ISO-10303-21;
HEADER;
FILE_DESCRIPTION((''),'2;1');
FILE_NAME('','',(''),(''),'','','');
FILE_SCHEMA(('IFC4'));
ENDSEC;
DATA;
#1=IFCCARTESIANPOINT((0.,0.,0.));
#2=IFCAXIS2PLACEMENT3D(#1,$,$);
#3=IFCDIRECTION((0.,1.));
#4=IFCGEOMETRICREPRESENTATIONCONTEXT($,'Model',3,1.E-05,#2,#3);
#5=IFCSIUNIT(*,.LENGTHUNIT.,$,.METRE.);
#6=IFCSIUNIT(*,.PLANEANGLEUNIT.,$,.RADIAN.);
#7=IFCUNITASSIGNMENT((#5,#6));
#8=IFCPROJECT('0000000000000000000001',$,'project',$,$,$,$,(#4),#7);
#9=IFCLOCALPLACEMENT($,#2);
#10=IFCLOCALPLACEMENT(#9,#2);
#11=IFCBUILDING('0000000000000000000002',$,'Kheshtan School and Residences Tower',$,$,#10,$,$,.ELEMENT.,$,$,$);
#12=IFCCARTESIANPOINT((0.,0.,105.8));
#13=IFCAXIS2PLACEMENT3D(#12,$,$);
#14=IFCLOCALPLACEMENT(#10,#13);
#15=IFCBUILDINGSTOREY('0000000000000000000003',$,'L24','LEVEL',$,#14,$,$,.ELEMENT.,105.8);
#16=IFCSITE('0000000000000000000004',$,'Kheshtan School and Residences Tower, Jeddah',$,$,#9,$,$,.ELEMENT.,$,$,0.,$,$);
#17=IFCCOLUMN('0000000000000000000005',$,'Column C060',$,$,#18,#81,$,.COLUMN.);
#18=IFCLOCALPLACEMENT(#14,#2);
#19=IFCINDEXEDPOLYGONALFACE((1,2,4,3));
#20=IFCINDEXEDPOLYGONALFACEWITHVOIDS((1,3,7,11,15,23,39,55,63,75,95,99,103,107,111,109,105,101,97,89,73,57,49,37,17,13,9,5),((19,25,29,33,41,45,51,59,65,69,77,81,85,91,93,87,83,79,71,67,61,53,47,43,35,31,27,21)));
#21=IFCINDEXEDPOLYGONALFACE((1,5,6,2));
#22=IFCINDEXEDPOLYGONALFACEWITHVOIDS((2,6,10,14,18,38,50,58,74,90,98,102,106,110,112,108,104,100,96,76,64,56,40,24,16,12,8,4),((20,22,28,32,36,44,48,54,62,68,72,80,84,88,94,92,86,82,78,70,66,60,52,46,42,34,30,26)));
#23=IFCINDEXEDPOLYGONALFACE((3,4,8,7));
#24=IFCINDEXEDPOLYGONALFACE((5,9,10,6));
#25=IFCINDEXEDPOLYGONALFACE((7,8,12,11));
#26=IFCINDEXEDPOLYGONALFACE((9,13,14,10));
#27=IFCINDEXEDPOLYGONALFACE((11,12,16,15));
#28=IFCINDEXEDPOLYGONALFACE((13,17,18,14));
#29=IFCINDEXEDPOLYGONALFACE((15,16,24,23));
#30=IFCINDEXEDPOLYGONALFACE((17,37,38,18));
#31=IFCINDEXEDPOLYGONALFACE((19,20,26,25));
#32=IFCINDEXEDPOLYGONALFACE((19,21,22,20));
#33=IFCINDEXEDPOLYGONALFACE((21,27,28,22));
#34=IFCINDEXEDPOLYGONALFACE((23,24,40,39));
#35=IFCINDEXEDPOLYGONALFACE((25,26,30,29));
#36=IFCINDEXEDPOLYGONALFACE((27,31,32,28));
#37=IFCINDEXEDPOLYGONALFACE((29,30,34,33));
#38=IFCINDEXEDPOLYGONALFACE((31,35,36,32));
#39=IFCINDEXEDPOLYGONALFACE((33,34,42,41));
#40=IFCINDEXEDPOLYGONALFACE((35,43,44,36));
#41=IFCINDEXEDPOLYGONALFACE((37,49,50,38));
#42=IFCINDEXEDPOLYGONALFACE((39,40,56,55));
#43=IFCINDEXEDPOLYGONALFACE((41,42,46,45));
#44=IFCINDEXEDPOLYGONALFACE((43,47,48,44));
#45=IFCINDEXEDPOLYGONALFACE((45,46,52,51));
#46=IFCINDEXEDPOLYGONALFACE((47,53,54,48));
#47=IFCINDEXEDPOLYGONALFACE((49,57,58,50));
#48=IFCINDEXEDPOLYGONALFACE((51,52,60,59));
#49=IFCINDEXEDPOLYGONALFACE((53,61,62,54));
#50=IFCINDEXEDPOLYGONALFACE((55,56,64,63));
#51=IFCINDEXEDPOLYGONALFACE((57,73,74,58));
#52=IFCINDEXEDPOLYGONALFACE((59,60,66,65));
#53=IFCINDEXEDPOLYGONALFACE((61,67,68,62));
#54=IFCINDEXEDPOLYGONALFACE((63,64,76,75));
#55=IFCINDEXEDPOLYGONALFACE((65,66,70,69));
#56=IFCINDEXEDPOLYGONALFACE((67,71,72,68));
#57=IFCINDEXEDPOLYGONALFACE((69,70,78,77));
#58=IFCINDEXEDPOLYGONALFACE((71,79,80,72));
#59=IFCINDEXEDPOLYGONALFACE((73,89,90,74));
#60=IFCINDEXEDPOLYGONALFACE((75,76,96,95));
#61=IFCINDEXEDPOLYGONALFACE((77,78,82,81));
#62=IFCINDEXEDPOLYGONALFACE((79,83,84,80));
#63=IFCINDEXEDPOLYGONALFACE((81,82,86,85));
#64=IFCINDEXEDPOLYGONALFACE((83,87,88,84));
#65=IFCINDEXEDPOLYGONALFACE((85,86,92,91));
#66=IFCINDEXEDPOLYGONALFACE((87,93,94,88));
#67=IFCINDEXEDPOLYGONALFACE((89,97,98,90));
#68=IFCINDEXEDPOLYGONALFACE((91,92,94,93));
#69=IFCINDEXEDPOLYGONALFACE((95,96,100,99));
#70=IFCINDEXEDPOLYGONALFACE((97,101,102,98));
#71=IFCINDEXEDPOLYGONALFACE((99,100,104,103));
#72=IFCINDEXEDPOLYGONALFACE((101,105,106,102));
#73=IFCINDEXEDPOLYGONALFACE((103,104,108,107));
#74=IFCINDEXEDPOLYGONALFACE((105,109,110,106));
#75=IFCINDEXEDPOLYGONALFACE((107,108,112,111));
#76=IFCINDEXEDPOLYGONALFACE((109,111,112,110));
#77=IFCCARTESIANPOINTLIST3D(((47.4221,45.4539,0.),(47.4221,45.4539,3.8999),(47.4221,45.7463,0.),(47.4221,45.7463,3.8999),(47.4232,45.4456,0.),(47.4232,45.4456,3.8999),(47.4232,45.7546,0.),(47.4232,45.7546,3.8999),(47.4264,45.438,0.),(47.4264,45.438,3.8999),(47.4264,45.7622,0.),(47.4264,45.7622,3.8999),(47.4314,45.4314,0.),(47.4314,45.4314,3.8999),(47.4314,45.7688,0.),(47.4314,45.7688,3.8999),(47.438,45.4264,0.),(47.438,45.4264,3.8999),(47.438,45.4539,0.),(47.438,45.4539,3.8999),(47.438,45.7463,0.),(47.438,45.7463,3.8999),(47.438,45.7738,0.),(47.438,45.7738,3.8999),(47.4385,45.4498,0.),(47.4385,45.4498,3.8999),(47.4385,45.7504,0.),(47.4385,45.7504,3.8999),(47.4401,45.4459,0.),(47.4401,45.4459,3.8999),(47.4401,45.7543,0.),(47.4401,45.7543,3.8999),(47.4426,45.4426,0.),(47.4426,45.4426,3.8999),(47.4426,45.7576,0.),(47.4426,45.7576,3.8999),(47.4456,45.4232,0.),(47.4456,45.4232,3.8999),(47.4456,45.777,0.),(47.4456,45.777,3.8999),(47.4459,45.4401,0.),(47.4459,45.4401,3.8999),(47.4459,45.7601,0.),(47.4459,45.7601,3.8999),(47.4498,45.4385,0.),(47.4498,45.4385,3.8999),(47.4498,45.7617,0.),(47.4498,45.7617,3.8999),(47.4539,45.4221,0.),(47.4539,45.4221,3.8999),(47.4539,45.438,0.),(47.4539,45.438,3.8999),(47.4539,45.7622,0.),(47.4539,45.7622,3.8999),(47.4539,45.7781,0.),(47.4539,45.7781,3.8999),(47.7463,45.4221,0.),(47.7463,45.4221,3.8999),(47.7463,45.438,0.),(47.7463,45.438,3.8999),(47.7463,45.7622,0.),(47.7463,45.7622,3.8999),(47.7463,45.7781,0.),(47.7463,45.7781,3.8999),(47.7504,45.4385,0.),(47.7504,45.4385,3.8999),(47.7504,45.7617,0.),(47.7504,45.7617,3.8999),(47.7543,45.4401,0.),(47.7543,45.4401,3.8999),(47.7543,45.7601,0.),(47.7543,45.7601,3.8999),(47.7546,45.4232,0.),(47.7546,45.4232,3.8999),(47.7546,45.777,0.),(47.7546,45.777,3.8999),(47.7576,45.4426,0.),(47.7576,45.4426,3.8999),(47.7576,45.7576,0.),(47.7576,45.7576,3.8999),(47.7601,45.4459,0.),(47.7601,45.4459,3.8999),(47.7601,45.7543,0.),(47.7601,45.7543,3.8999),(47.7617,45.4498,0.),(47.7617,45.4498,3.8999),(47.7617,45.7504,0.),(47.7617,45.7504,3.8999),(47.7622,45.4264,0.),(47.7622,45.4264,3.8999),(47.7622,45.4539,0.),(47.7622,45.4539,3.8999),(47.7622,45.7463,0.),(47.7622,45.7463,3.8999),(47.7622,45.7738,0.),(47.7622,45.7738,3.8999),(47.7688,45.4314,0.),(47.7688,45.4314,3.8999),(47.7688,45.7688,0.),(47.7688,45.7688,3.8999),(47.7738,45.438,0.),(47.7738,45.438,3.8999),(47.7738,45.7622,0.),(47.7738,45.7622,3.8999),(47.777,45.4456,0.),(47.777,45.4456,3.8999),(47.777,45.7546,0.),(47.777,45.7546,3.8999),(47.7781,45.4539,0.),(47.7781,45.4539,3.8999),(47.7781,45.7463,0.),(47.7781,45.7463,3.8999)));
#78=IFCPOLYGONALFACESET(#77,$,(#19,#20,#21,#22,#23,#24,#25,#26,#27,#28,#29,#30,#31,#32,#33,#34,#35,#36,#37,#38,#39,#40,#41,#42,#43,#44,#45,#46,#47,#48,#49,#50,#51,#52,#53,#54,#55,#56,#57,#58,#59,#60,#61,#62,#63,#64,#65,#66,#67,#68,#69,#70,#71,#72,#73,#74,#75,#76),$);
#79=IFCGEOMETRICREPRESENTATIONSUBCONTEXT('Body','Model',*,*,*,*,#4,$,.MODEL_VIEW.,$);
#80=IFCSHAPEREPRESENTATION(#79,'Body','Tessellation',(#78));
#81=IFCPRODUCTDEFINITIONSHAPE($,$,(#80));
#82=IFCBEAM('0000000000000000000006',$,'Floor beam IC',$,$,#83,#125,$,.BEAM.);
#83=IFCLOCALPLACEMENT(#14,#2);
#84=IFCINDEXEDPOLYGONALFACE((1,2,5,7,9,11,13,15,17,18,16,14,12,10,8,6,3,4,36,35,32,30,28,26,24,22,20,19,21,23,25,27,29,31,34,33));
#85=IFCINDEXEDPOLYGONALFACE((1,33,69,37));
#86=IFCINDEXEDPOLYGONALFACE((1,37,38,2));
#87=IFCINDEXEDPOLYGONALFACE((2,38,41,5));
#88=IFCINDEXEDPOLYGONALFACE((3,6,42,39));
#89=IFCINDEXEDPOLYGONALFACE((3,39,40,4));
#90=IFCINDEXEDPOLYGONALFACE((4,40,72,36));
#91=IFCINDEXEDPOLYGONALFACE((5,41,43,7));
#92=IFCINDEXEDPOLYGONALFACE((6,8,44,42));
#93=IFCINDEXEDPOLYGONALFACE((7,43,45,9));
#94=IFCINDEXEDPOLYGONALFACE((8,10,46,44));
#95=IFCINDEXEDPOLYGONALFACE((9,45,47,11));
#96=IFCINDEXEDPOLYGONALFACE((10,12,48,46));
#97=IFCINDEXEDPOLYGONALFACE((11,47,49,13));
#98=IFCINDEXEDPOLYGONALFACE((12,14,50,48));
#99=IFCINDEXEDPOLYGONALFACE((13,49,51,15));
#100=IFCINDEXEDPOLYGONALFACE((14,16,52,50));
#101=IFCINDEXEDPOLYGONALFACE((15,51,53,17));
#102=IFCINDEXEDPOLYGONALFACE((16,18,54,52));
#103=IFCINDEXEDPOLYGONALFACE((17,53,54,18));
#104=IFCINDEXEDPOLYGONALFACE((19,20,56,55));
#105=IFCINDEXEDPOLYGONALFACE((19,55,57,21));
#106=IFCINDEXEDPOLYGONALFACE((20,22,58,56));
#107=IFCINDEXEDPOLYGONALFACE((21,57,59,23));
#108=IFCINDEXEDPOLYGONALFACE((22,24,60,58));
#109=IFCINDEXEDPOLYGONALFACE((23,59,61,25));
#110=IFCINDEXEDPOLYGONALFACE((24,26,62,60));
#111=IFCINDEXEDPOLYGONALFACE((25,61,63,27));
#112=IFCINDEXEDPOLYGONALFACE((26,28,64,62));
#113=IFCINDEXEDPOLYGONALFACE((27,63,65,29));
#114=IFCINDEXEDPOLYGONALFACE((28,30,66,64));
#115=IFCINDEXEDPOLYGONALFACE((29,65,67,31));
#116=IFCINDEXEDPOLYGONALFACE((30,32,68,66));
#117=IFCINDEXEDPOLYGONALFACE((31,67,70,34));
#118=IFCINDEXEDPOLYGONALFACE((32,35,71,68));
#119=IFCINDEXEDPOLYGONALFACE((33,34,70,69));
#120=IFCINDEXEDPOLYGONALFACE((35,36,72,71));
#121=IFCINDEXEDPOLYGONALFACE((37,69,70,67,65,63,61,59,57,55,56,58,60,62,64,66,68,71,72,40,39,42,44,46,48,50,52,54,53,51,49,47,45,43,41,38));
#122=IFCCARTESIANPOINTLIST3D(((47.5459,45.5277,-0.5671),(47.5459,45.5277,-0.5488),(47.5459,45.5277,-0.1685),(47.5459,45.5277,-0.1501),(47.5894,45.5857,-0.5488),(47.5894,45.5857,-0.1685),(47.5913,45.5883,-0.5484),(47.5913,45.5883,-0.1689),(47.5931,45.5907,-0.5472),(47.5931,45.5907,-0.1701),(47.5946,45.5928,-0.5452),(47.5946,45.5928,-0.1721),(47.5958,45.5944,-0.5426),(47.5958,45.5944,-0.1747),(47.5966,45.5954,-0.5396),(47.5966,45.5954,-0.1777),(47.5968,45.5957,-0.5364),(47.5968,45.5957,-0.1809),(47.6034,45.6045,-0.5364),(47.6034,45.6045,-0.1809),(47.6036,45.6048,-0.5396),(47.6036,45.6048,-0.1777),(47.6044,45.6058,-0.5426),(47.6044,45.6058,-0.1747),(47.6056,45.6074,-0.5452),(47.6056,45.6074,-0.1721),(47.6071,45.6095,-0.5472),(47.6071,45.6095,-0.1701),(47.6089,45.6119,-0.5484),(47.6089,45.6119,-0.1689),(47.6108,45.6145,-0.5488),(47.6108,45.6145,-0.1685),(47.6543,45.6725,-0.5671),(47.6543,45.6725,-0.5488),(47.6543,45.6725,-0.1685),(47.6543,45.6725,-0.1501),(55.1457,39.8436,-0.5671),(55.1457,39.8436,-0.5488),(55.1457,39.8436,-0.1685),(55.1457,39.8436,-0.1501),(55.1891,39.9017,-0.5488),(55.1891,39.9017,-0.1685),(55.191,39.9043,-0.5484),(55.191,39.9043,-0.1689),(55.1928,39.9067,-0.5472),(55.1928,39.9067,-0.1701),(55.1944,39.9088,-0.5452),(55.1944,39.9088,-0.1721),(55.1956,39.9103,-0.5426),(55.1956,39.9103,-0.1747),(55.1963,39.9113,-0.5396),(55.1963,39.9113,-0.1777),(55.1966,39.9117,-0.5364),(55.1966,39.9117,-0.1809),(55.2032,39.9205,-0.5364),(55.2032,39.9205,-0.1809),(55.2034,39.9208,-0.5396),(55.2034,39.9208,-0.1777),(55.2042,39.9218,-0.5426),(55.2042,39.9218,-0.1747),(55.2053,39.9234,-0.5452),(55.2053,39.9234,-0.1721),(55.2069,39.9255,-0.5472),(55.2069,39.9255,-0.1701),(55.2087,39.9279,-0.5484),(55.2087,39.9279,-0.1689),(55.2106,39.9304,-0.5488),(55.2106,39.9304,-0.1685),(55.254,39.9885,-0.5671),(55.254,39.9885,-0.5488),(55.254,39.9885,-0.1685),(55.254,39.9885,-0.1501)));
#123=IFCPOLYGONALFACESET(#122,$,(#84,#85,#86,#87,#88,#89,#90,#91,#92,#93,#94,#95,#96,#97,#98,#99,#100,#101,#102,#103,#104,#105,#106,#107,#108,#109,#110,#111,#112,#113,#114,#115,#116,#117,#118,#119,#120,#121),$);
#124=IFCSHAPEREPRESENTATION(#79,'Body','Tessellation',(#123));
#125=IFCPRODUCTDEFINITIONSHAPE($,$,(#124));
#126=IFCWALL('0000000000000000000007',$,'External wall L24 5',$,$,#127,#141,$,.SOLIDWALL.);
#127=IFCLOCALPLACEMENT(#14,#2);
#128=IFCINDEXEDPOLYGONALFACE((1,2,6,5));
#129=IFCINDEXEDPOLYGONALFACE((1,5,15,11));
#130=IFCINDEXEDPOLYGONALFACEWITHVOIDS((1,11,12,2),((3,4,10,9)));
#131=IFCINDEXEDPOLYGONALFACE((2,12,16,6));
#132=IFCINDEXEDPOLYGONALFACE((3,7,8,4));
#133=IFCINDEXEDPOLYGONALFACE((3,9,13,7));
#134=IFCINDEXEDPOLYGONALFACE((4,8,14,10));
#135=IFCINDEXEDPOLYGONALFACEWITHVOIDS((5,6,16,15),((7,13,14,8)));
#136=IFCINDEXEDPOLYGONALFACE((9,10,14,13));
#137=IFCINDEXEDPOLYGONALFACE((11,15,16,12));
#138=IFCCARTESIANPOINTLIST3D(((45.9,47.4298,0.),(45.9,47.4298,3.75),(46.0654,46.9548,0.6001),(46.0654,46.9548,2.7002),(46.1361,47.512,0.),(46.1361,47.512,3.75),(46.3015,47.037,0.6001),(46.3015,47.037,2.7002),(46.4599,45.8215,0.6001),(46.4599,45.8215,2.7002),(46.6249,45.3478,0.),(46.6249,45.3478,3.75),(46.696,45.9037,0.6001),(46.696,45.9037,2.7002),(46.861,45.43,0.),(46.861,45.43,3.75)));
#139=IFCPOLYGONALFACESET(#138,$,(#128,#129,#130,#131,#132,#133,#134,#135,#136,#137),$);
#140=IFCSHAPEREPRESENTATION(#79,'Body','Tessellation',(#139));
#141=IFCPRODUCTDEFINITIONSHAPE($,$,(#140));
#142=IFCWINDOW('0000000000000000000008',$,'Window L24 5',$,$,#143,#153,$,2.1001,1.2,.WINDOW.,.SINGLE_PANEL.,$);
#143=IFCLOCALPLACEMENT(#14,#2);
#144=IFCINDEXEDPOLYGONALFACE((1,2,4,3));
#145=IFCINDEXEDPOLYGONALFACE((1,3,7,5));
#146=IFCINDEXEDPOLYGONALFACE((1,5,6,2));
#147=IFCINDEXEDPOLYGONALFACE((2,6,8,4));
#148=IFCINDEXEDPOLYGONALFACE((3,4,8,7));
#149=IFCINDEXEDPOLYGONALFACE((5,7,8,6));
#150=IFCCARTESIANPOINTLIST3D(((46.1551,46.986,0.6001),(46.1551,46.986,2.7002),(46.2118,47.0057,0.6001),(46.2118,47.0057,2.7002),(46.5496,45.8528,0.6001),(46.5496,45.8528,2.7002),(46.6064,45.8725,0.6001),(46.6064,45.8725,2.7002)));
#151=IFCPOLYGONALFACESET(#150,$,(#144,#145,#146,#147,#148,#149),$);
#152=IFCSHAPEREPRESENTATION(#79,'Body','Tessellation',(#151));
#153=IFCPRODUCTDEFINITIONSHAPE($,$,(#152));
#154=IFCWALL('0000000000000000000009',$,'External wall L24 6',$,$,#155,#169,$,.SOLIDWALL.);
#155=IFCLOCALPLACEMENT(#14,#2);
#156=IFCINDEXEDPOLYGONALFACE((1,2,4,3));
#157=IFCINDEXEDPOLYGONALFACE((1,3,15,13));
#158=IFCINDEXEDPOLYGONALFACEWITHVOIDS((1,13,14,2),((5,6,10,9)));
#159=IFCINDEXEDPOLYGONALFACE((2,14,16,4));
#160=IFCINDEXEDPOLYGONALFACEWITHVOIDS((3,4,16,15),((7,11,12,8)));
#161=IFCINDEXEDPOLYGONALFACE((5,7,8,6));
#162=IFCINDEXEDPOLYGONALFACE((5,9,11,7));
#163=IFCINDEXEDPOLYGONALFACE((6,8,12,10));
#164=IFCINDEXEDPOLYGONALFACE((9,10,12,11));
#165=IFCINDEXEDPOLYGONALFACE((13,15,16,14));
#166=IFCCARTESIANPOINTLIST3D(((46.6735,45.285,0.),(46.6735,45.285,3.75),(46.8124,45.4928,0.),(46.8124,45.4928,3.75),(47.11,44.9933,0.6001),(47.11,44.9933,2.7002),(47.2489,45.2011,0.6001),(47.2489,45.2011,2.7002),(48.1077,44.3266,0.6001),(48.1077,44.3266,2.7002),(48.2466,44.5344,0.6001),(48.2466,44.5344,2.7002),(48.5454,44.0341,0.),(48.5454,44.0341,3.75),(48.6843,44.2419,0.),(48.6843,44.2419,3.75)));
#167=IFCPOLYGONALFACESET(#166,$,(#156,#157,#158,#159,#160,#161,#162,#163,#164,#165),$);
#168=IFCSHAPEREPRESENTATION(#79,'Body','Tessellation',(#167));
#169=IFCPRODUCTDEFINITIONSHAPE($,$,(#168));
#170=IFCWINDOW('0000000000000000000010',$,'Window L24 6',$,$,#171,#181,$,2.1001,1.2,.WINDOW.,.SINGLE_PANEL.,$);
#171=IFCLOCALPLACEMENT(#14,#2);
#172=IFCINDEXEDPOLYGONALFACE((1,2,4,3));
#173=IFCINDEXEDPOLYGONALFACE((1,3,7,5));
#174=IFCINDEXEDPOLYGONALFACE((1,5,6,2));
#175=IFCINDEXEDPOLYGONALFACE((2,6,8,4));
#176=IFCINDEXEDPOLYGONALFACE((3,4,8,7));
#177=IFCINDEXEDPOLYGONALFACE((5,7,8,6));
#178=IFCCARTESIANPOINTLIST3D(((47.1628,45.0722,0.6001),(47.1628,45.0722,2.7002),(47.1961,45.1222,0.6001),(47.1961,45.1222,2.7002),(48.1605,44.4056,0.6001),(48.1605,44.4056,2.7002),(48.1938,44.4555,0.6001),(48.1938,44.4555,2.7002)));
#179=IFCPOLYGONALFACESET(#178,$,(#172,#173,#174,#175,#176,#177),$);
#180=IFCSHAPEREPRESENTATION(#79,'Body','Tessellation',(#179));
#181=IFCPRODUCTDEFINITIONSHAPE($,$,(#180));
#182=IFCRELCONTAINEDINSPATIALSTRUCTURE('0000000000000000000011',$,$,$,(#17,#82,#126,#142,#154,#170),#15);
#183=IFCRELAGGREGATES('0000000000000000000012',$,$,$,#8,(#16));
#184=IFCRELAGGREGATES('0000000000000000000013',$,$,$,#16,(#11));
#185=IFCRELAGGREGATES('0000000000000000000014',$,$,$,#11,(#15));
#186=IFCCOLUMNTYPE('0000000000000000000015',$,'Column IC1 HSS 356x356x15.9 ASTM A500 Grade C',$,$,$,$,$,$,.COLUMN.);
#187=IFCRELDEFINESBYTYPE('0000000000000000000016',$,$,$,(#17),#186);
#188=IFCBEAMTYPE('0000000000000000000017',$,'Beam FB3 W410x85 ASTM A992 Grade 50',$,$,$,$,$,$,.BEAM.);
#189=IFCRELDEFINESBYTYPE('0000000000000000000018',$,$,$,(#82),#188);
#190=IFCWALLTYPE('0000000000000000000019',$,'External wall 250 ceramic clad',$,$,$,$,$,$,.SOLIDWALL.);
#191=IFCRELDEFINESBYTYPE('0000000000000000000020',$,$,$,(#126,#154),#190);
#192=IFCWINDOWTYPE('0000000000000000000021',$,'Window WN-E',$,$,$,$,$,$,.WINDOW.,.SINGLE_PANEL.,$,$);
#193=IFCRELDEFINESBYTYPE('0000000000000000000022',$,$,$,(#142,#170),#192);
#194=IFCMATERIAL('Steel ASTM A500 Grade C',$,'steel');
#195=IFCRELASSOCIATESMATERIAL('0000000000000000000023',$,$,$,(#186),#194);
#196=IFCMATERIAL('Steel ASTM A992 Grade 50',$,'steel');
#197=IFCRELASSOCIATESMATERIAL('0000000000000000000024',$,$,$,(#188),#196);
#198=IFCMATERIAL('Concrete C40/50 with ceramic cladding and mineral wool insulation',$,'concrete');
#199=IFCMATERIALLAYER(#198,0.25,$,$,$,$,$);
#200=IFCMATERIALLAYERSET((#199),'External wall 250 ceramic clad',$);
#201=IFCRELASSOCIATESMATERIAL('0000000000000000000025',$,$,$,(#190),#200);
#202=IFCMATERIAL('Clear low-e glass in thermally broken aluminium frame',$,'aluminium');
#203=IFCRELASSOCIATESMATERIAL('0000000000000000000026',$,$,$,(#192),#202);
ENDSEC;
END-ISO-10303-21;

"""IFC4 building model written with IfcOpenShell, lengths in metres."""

from ifc_helpers import new_model, si_unit, direction, frame, frame_2d, origin, origin_2d, place, context, subcontext, project, spatial, rectangle, hollow_rectangle, i_section, extrude, source, transform, mapped, material, layer, layer_set, material_profile, profile_set, type_object, element, fill, save


model = new_model("IFC4")

# Units and contexts
model_context = context("Model", 3, precision=1e-05, world=origin(), true_north=direction((0.0, 1.0)))
body_context = subcontext(model_context, "Body", "Model", "MODEL_VIEW")
ifc_project = project(units=[si_unit("LENGTHUNIT", "METRE"), si_unit("PLANEANGLEUNIT", "RADIAN")], contexts=[model_context])

# Site, building, storey
site_placement = place(None, origin())
site = spatial("IfcSite", under=ifc_project, at=site_placement, Name="Kheshtan School and Residences Tower, Jeddah", CompositionType="ELEMENT", RefElevation=0.0)
building_placement = place(site_placement, origin())
building = spatial("IfcBuilding", under=site, at=building_placement, Name="Kheshtan School and Residences Tower", CompositionType="ELEMENT")
storey_placement = place(building_placement, frame((0.0, 0.0, 105.8)))
storey = spatial("IfcBuildingStorey", under=building, at=storey_placement, Name="L24", Description="LEVEL", CompositionType="ELEMENT", Elevation=105.8)

# Column
ifc_material_1 = material(Name="Steel ASTM A500 Grade C", Category="steel")
ifc_material_profile_1 = material_profile(ifc_material_1, hollow_rectangle(XDim=0.356, YDim=0.356, WallThickness=0.0159, InnerFilletRadius=0.0159, OuterFilletRadius=0.0317, at=origin_2d()), Name="HSS 356x356x15.9")
ifc_profile_set_1 = profile_set([ifc_material_profile_1], Name="Steel ASTM A500 Grade C")
column_type = type_object("IfcColumnType", Name="Column IC1 HSS 356x356x15.9 ASTM A500 Grade C", PredefinedType="COLUMN", material=ifc_profile_set_1)
column_placement = place(storey_placement, frame((47.6001, 45.6001, 0.0), z_axis=(0.0, 0.0, 1.0), x_axis=(1.0, 0.0, 0.0)))
element("IfcColumn", 1, at=column_placement, inside=storey, type_object=column_type, Name="Column C060", PredefinedType="COLUMN", context=body_context, shape_type="SweptSolid", body=[
    extrude(hollow_rectangle(XDim=0.356, YDim=0.356, WallThickness=0.0159, InnerFilletRadius=0.0159, OuterFilletRadius=0.0317, at=origin_2d()), origin(), (0.0, 0.0, 1.0), 3.8999),
])

# Beam
ifc_material_2 = material(Name="Steel ASTM A992 Grade 50", Category="steel")
ifc_material_profile_2 = material_profile(ifc_material_2, i_section(OverallWidth=0.1809, OverallDepth=0.417, WebThickness=0.011, FlangeThickness=0.0183, FilletRadius=0.0125, at=origin_2d()), Name="W410x85")
ifc_profile_set_2 = profile_set([ifc_material_profile_2], Name="Steel ASTM A992 Grade 50")
beam_type = type_object("IfcBeamType", Name="Beam FB3 W410x85 ASTM A992 Grade 50", PredefinedType="BEAM", material=ifc_profile_set_2)
beam_placement = place(storey_placement, frame((47.6001, 45.6001, -0.3586), z_axis=(0.800799, -0.598933, 0.0), x_axis=(0.598933, 0.800799, 0.0)))
element("IfcBeam", 2, at=beam_placement, inside=storey, type_object=beam_type, Name="Floor beam IC", PredefinedType="BEAM", context=body_context, shape_type="SweptSolid", body=[
    extrude(i_section(OverallWidth=0.1809, OverallDepth=0.417, WebThickness=0.011, FlangeThickness=0.0183, FilletRadius=0.0125, at=origin_2d()), origin(), (0.0, 0.0, 1.0), 9.4902),
])

# Walls, openings, windows
ifc_material_3 = material(Name="Concrete C40/50 with ceramic cladding and mineral wool insulation", Category="concrete")
ifc_layer_1 = layer(ifc_material_3, 0.25)
ifc_layer_set_1 = layer_set([ifc_layer_1], Name="External wall 250 ceramic clad")
wall_type_1 = type_object("IfcWallType", Name="External wall 250 ceramic clad", PredefinedType="SOLIDWALL", material=ifc_layer_set_1)
wall_1_placement = place(storey_placement, frame((46.0181, 47.4709, 0.0), z_axis=(0.0, 0.0, 1.0), x_axis=(0.328791, -0.944403, 0.0)))
wall_1 = element("IfcWall", 3, at=wall_1_placement, inside=storey, type_object=wall_type_1, Name="External wall L24 5", PredefinedType="SOLIDWALL", context=body_context, shape_type="SweptSolid", body=[
    extrude(rectangle(XDim=2.2046, YDim=0.25, at=frame_2d((1.1023, 0.0))), origin(), (0.0, 0.0, 1.0), 3.75),
])
opening_1_placement = place(wall_1_placement, frame((0.5029, 0.0, 0.6001)))
opening_1 = element("IfcOpeningElement", 4, at=opening_1_placement, cuts=wall_1, PredefinedType="OPENING", context=body_context, shape_type="SweptSolid", body=[
    extrude(rectangle(XDim=1.2, YDim=2.1001, at=frame_2d((0.6001, 1.05))), frame((0.0, 0.135, 0.0), z_axis=(0.0, -1.0, 0.0), x_axis=(1.0, 0.0, 0.0)), (0.0, 0.0, 1.0), 0.27),
])
ifc_material_4 = material(Name="Clear low-e glass in thermally broken aluminium frame", Category="aluminium")
window_type = type_object("IfcWindowType", Name="Window WN-E", PartitioningType="SINGLE_PANEL", PredefinedType="WINDOW", material=ifc_material_4)
shared_shape_1 = source(origin(), body_context, "Body", "SweptSolid", [
    extrude(rectangle(XDim=1.2, YDim=2.1001, at=frame_2d((0.6001, 1.05))), frame((0.0, 0.03, 0.0), z_axis=(0.0, -1.0, 0.0), x_axis=(1.0, 0.0, 0.0)), (0.0, 0.0, 1.0), 0.0601),
])
window_1_placement = place(opening_1_placement, origin())
window_1 = element("IfcWindow", 5, at=window_1_placement, inside=storey, type_object=window_type, Name="Window L24 5", OverallHeight=2.1001, OverallWidth=1.2, PartitioningType="SINGLE_PANEL", PredefinedType="WINDOW", context=body_context, shape_type="MappedRepresentation", body=[
    mapped(shared_shape_1, transform((0.0, 0.0, 0.0), x_axis=(1.0, 0.0, 0.0), y_axis=(0.0, 1.0, 0.0), z_axis=(0.0, 0.0, 1.0), scale=1.0)),
])
fill(opening_1, window_1)
wall_2_placement = place(storey_placement, frame((46.7429, 45.3889, 0.0), z_axis=(0.0, 0.0, 1.0), x_axis=(0.831449, -0.555601, 0.0)))
wall_2 = element("IfcWall", 6, at=wall_2_placement, inside=storey, type_object=wall_type_1, Name="External wall L24 6", PredefinedType="SOLIDWALL", context=body_context, shape_type="SweptSolid", body=[
    extrude(rectangle(XDim=2.2515, YDim=0.25, at=frame_2d((1.1257, 0.0))), origin(), (0.0, 0.0, 1.0), 3.75),
])
opening_2_placement = place(wall_2_placement, frame((0.5249, 0.0, 0.6001)))
opening_2 = element("IfcOpeningElement", 7, at=opening_2_placement, cuts=wall_2, PredefinedType="OPENING", context=body_context, shape_type="SweptSolid", body=[
    extrude(rectangle(XDim=1.2, YDim=2.1001, at=frame_2d((0.6001, 1.05))), frame((0.0, 0.135, 0.0), z_axis=(0.0, -1.0, 0.0), x_axis=(1.0, 0.0, 0.0)), (0.0, 0.0, 1.0), 0.27),
])
window_2_placement = place(opening_2_placement, origin())
window_2 = element("IfcWindow", 8, at=window_2_placement, inside=storey, type_object=window_type, Name="Window L24 6", OverallHeight=2.1001, OverallWidth=1.2, PartitioningType="SINGLE_PANEL", PredefinedType="WINDOW", context=body_context, shape_type="MappedRepresentation", body=[
    mapped(shared_shape_1, transform((0.0, 0.0, 0.0), x_axis=(1.0, 0.0, 0.0), y_axis=(0.0, 1.0, 0.0), z_axis=(0.0, 0.0, 1.0), scale=1.0)),
])
fill(opening_2, window_2)

save(model, "model.ifc")
